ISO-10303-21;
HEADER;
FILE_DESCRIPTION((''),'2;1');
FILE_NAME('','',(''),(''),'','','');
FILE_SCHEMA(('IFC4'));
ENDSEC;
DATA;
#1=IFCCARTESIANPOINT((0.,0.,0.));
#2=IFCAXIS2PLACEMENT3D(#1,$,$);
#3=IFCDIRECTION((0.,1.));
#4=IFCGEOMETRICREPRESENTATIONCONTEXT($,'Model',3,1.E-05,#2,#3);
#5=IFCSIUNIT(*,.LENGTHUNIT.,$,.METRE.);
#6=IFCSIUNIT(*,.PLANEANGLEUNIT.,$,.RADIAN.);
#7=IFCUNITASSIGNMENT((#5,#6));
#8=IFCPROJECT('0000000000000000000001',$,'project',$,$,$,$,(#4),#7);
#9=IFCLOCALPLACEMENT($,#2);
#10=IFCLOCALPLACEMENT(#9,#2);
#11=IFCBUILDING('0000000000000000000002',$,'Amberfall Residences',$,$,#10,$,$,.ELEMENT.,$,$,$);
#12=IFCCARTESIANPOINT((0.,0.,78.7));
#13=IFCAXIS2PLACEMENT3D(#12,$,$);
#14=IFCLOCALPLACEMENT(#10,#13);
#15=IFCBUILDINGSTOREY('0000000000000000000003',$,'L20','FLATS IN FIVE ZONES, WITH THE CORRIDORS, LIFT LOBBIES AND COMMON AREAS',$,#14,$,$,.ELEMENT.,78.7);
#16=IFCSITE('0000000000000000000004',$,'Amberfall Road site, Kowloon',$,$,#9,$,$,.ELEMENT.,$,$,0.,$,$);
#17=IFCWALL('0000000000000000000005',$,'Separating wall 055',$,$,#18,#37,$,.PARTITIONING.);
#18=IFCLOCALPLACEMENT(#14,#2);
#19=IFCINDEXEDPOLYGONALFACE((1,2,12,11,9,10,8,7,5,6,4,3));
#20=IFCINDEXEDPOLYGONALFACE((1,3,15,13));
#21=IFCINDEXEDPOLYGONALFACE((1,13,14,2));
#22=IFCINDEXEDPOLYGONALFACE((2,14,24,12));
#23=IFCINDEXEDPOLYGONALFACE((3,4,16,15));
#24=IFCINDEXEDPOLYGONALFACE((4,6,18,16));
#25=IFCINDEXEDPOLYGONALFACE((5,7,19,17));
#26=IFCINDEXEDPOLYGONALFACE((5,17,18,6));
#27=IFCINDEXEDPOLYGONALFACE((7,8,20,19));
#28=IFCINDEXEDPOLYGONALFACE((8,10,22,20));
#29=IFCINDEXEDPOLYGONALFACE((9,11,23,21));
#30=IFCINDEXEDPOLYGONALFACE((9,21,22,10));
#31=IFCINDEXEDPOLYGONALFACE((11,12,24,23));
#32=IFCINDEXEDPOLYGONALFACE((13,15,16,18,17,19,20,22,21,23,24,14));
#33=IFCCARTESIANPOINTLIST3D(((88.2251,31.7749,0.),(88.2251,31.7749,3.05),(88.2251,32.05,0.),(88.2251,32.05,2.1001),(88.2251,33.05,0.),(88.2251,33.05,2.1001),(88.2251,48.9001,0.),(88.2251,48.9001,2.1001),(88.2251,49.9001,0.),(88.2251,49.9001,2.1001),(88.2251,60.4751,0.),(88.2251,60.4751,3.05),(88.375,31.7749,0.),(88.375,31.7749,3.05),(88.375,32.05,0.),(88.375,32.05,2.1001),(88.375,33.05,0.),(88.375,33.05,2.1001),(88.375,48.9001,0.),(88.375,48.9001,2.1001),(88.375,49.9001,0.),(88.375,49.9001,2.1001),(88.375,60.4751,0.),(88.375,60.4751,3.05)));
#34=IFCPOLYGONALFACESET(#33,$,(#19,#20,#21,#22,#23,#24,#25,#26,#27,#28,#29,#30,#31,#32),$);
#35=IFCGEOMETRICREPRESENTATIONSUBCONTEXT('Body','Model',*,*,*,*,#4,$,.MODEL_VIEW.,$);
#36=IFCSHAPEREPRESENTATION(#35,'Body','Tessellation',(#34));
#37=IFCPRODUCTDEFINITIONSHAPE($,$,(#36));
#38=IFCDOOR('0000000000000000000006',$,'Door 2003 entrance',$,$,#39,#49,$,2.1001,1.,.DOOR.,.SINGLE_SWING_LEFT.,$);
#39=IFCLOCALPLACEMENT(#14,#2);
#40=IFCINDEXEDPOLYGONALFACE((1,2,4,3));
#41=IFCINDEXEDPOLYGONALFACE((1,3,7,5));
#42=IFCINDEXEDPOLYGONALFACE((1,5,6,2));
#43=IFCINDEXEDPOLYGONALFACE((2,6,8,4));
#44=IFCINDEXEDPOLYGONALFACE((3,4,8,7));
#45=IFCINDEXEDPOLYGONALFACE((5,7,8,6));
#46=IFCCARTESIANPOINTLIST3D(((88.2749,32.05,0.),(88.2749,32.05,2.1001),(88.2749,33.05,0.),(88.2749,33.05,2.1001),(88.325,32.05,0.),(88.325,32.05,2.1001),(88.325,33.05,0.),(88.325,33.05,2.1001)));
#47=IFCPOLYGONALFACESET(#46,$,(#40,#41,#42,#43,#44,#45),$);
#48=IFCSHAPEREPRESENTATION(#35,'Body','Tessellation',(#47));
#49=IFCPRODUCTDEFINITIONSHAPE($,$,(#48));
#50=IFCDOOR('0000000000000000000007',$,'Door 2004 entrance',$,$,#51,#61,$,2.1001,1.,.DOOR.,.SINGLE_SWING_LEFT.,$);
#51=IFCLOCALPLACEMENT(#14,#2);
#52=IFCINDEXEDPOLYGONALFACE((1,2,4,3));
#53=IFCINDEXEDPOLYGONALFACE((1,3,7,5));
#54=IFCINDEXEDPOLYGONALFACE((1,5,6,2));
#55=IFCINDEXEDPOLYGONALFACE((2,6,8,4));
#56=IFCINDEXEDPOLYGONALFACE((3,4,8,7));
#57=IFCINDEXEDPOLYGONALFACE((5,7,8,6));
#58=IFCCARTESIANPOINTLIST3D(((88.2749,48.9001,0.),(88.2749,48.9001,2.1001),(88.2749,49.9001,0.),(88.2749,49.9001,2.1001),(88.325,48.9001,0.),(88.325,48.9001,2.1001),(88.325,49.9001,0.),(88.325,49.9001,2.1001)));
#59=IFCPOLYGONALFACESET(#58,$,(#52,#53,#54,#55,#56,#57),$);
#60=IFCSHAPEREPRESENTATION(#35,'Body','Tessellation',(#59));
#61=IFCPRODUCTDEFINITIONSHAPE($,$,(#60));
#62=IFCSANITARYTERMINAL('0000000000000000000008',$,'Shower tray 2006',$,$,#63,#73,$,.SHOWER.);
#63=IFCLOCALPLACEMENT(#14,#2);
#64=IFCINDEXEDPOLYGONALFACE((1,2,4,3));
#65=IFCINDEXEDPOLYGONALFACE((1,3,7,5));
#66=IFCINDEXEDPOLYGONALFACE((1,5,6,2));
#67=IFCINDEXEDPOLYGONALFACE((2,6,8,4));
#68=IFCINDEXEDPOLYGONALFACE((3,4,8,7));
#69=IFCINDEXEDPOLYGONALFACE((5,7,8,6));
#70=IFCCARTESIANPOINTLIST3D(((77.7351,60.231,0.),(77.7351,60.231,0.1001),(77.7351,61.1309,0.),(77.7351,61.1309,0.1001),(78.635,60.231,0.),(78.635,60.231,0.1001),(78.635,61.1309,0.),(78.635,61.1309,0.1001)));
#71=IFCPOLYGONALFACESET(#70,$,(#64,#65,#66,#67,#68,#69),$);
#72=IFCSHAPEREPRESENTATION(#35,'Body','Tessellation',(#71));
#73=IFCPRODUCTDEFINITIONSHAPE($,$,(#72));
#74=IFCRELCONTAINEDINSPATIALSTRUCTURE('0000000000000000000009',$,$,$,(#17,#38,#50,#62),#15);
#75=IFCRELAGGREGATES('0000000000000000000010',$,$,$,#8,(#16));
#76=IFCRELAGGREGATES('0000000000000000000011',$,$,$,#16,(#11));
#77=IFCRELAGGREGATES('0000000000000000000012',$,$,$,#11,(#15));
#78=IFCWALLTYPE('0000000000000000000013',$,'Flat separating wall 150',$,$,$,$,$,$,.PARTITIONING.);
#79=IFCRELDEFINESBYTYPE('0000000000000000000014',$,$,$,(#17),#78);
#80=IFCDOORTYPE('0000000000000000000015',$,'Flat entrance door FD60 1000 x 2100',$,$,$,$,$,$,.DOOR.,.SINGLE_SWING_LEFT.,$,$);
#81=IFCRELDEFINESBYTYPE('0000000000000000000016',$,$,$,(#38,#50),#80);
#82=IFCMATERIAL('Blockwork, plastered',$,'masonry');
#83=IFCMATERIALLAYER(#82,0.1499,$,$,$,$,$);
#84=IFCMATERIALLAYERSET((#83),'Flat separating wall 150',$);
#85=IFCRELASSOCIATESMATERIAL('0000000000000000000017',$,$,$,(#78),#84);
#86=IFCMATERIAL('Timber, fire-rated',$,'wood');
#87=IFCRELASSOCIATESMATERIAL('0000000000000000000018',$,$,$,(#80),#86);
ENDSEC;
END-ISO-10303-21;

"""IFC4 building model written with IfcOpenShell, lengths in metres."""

from ifc_helpers import new_model, si_unit, direction, frame, frame_2d, origin, origin_2d, place, context, subcontext, project, spatial, rectangle, extrude, material, layer, layer_set, type_object, element, fill, save


model = new_model("IFC4")

# Units and contexts
model_context = context("Model", 3, precision=1e-05, world=origin(), true_north=direction((0.0, 1.0)))
body_context = subcontext(model_context, "Body", "Model", "MODEL_VIEW")
ifc_project = project(units=[si_unit("LENGTHUNIT", "METRE"), si_unit("PLANEANGLEUNIT", "RADIAN")], contexts=[model_context])

# Site, building, storey
site_placement = place(None, origin())
site = spatial("IfcSite", under=ifc_project, at=site_placement, Name="Amberfall Road site, Kowloon", CompositionType="ELEMENT", RefElevation=0.0)
building_placement = place(site_placement, origin())
building = spatial("IfcBuilding", under=site, at=building_placement, Name="Amberfall Residences", CompositionType="ELEMENT")
storey_placement = place(building_placement, frame((0.0, 0.0, 78.7)))
storey = spatial("IfcBuildingStorey", under=building, at=storey_placement, Name="L20", Description="FLATS IN FIVE ZONES, WITH THE CORRIDORS, LIFT LOBBIES AND COMMON AREAS", CompositionType="ELEMENT", Elevation=78.7)

# Wall, openings, doors
ifc_material_1 = material(Name="Blockwork, plastered", Category="masonry")
ifc_layer_1 = layer(ifc_material_1, 0.1499)
ifc_layer_set_1 = layer_set([ifc_layer_1], Name="Flat separating wall 150")
wall_type_1 = type_object("IfcWallType", Name="Flat separating wall 150", PredefinedType="PARTITIONING", material=ifc_layer_set_1)
wall_1_placement = place(storey_placement, frame((88.3, 60.4751, 0.0), z_axis=(0.0, 0.0, 1.0), x_axis=(0.0, -1.0, 0.0)))
wall_1 = element("IfcWall", 1, at=wall_1_placement, inside=storey, type_object=wall_type_1, Name="Separating wall 055", PredefinedType="PARTITIONING", context=body_context, shape_type="SweptSolid", body=[
    extrude(rectangle(XDim=28.7002, YDim=0.1499, at=frame_2d((14.3501, 0.0))), origin(), (0.0, 0.0, 1.0), 3.05),
])
opening_1_placement = place(wall_1_placement, frame((27.425, 0.0, 0.0)))
opening_1 = element("IfcOpeningElement", 2, at=opening_1_placement, cuts=wall_1, PredefinedType="OPENING", context=body_context, shape_type="SweptSolid", body=[
    extrude(rectangle(XDim=1.0, YDim=2.1001, at=frame_2d((0.5, 1.05))), frame((0.0, 0.085, 0.0), z_axis=(0.0, -1.0, 0.0), x_axis=(1.0, 0.0, 0.0)), (0.0, 0.0, 1.0), 0.1699),
])
opening_2_placement = place(wall_1_placement, frame((10.575, 0.0, 0.0)))
opening_2 = element("IfcOpeningElement", 3, at=opening_2_placement, cuts=wall_1, PredefinedType="OPENING", context=body_context, shape_type="SweptSolid", body=[
    extrude(rectangle(XDim=1.0, YDim=2.1001, at=frame_2d((0.5, 1.05))), frame((0.0, 0.085, 0.0), z_axis=(0.0, -1.0, 0.0), x_axis=(1.0, 0.0, 0.0)), (0.0, 0.0, 1.0), 0.1699),
])
ifc_material_2 = material(Name="Timber, fire-rated", Category="wood")
door_type_1 = type_object("IfcDoorType", Name="Flat entrance door FD60 1000 x 2100", OperationType="SINGLE_SWING_LEFT", PredefinedType="DOOR", material=ifc_material_2)
door_1_placement = place(opening_1_placement, origin())
door_1 = element("IfcDoor", 4, at=door_1_placement, inside=storey, type_object=door_type_1, Name="Door 2003 entrance", OperationType="SINGLE_SWING_LEFT", OverallHeight=2.1001, OverallWidth=1.0, PredefinedType="DOOR", context=body_context, shape_type="SweptSolid", body=[
    extrude(rectangle(XDim=1.0, YDim=2.1001, at=frame_2d((0.5, 1.05))), frame((0.0, 0.0249, 0.0), z_axis=(0.0, -1.0, 0.0), x_axis=(1.0, 0.0, 0.0)), (0.0, 0.0, 1.0), 0.05),
])
fill(opening_1, door_1)
door_2_placement = place(opening_2_placement, origin())
door_2 = element("IfcDoor", 5, at=door_2_placement, inside=storey, type_object=door_type_1, Name="Door 2004 entrance", OperationType="SINGLE_SWING_LEFT", OverallHeight=2.1001, OverallWidth=1.0, PredefinedType="DOOR", context=body_context, shape_type="SweptSolid", body=[
    extrude(rectangle(XDim=1.0, YDim=2.1001, at=frame_2d((0.5, 1.05))), frame((0.0, 0.0249, 0.0), z_axis=(0.0, -1.0, 0.0), x_axis=(1.0, 0.0, 0.0)), (0.0, 0.0, 1.0), 0.05),
])
fill(opening_2, door_2)

# Sanitary terminal
sanitary_terminal_placement = place(storey_placement, frame((78.1851, 60.6809, 0.0), z_axis=(0.0, 0.0, 1.0), x_axis=(1.0, 0.0, 0.0)))
element("IfcSanitaryTerminal", 6, at=sanitary_terminal_placement, inside=storey, Name="Shower tray 2006", PredefinedType="SHOWER", context=body_context, shape_type="SweptSolid", body=[
    extrude(rectangle(XDim=0.8999, YDim=0.8999, at=origin_2d()), origin(), (0.0, 0.0, 1.0), 0.1001),
])

save(model, "model.ifc")
